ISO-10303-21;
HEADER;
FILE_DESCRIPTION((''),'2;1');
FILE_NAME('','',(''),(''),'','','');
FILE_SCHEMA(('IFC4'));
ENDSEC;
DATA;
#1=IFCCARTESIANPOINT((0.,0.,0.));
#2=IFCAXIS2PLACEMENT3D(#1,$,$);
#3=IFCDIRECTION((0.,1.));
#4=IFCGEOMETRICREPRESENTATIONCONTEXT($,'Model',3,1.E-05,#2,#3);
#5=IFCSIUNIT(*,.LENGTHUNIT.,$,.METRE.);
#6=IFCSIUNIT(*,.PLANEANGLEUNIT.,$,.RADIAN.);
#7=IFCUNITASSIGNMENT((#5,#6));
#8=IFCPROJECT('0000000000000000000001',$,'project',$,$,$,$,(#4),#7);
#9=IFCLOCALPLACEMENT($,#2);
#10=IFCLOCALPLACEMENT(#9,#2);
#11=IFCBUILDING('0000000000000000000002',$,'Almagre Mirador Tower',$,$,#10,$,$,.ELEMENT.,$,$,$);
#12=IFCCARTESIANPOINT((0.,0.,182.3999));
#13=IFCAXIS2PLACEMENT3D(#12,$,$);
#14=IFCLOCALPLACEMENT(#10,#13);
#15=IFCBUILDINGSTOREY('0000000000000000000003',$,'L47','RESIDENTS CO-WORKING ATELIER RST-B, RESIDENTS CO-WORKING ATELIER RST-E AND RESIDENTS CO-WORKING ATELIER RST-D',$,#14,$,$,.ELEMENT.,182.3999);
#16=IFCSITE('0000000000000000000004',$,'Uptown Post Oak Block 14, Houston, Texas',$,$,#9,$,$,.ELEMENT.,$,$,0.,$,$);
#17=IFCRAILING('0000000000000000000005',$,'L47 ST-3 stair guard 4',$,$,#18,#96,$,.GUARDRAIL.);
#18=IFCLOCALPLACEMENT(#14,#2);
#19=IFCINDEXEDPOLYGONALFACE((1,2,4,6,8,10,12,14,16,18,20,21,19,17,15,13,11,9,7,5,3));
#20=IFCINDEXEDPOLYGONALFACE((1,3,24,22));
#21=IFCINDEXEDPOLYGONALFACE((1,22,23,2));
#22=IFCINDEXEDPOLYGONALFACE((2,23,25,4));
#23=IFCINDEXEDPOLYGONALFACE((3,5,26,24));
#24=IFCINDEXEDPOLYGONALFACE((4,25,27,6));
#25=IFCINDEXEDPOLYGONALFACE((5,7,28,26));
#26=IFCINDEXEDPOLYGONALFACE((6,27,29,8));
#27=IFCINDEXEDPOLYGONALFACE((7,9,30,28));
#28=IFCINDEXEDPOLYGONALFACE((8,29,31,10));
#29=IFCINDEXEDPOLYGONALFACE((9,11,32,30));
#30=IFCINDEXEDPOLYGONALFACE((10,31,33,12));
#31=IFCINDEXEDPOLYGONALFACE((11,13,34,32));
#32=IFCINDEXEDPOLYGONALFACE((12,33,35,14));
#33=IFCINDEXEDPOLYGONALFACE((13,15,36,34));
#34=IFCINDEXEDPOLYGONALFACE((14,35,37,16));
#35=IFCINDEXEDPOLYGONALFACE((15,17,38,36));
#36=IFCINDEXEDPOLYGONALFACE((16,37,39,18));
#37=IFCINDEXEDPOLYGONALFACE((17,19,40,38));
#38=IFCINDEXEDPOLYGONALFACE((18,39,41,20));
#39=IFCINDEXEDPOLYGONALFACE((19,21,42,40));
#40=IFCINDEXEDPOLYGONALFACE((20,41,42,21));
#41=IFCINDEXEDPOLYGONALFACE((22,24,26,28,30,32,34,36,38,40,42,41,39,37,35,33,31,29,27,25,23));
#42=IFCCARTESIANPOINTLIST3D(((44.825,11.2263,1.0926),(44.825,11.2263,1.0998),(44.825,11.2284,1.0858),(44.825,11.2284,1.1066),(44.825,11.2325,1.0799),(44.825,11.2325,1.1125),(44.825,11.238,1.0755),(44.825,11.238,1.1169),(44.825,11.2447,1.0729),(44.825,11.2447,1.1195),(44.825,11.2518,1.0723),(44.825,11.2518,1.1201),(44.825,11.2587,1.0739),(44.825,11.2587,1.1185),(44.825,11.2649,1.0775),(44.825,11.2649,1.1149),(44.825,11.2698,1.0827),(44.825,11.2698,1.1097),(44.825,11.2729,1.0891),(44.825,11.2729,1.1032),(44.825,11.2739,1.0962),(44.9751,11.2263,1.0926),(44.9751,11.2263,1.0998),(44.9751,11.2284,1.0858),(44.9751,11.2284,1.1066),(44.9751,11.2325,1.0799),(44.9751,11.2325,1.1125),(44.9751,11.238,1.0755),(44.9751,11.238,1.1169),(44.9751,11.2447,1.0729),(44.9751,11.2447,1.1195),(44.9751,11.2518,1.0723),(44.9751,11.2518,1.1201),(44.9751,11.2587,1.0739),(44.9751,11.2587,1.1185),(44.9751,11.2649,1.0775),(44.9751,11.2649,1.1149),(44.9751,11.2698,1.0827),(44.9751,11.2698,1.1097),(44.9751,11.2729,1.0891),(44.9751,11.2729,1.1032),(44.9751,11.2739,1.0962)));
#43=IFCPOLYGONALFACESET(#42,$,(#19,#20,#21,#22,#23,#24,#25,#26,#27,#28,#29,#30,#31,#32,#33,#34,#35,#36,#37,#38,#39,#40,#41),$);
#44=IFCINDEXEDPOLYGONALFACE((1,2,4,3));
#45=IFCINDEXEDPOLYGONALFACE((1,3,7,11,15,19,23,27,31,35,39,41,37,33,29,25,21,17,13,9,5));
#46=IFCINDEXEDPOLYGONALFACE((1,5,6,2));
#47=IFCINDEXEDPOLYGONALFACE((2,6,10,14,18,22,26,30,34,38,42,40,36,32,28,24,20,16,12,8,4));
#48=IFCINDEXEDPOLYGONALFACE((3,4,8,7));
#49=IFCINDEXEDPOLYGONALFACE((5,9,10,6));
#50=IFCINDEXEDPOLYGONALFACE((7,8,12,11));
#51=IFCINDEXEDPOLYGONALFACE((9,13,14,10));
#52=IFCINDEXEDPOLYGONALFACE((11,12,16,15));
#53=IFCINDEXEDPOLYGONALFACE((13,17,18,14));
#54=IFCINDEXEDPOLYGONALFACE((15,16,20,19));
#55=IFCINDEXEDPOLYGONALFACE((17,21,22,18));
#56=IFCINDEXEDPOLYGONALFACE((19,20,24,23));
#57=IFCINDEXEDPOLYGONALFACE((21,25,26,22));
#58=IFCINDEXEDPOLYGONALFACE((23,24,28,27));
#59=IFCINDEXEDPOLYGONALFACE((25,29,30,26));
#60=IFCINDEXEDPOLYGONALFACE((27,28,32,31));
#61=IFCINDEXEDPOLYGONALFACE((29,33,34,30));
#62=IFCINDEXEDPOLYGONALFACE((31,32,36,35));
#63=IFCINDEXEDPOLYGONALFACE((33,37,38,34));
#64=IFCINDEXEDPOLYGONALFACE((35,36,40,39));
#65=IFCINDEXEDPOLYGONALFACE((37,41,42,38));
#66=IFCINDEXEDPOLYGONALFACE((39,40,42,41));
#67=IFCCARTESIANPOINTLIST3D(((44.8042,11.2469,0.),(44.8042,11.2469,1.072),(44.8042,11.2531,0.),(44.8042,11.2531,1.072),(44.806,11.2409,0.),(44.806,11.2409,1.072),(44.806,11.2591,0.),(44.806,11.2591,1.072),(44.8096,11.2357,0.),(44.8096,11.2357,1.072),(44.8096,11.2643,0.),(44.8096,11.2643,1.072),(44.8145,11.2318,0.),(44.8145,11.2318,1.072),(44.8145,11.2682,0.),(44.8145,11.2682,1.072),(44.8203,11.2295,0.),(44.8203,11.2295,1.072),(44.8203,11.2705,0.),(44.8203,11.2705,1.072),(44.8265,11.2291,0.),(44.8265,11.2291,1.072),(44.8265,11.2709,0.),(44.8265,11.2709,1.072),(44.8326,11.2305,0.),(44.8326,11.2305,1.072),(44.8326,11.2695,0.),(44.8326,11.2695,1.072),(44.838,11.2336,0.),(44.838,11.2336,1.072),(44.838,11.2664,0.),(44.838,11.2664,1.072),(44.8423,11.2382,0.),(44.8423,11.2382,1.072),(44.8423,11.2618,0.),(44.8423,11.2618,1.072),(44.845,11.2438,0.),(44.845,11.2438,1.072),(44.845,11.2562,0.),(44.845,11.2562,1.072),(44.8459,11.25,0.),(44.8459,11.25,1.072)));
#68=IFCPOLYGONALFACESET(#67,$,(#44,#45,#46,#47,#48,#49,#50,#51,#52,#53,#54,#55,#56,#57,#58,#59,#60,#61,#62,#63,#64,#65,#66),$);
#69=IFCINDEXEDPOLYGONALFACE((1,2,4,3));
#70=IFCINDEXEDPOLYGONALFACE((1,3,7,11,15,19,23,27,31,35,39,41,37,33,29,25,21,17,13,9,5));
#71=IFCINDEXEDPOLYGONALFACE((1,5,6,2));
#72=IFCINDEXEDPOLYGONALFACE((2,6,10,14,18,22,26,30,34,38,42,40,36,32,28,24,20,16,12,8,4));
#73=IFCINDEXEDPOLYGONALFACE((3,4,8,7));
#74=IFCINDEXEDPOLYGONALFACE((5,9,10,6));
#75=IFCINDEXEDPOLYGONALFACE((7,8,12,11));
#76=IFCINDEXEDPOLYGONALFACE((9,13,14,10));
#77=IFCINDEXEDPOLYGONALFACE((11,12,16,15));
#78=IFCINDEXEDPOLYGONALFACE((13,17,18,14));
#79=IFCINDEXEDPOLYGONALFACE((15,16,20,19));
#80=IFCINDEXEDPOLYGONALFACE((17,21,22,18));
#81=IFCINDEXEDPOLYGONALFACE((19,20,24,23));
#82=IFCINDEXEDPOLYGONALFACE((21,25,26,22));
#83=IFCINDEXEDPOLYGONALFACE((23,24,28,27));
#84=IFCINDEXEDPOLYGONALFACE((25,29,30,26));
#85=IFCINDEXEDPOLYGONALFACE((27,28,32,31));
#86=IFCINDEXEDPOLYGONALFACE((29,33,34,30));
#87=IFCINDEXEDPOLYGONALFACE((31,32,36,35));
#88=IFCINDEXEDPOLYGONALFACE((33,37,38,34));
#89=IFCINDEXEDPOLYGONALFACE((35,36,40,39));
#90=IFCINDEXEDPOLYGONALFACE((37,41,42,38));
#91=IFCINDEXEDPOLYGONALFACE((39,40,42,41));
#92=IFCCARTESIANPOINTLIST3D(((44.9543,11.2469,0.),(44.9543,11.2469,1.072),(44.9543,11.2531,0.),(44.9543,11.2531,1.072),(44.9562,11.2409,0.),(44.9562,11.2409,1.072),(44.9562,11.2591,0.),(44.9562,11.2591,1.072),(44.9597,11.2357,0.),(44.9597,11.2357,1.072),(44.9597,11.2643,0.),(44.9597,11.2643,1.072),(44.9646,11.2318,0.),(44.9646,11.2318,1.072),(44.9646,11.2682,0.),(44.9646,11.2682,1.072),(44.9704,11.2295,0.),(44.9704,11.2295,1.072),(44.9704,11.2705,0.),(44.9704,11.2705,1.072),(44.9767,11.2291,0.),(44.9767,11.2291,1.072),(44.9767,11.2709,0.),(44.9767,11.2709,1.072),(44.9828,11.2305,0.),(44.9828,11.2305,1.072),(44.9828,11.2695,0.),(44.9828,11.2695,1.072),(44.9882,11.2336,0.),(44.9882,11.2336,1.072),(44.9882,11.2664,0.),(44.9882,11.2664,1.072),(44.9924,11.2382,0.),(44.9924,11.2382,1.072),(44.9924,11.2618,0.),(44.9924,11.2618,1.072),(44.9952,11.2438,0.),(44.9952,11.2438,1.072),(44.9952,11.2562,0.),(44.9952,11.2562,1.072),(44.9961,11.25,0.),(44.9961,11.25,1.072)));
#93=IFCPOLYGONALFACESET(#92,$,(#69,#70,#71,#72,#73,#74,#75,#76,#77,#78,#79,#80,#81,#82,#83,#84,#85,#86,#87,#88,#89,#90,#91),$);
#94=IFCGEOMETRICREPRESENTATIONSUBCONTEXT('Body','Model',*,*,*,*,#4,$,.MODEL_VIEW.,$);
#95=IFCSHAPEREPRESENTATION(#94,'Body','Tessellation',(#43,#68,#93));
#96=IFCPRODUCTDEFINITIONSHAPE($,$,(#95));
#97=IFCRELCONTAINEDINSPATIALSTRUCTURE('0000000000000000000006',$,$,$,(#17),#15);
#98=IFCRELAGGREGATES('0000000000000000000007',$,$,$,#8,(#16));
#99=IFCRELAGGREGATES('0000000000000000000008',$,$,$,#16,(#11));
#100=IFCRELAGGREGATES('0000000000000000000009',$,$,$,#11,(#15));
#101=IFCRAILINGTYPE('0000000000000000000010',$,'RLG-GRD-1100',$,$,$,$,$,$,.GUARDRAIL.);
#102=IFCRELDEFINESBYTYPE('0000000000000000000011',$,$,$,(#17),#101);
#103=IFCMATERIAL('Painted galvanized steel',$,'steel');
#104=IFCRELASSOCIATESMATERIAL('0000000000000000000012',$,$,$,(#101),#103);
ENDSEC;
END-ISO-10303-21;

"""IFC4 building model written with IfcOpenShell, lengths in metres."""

from ifc_helpers import new_model, si_unit, direction, frame, origin, origin_2d, place, context, subcontext, project, spatial, circle, extrude, material, type_object, element, save


model = new_model("IFC4")

# Units and contexts
model_context = context("Model", 3, precision=1e-05, world=origin(), true_north=direction((0.0, 1.0)))
body_context = subcontext(model_context, "Body", "Model", "MODEL_VIEW")
ifc_project = project(units=[si_unit("LENGTHUNIT", "METRE"), si_unit("PLANEANGLEUNIT", "RADIAN")], contexts=[model_context])

# Site, building, storey
site_placement = place(None, origin())
site = spatial("IfcSite", under=ifc_project, at=site_placement, Name="Uptown Post Oak Block 14, Houston, Texas", CompositionType="ELEMENT", RefElevation=0.0)
building_placement = place(site_placement, origin())
building = spatial("IfcBuilding", under=site, at=building_placement, Name="Almagre Mirador Tower", CompositionType="ELEMENT")
storey_placement = place(building_placement, frame((0.0, 0.0, 182.3999)))
storey = spatial("IfcBuildingStorey", under=building, at=storey_placement, Name="L47", Description="RESIDENTS CO-WORKING ATELIER RST-B, RESIDENTS CO-WORKING ATELIER RST-E AND RESIDENTS CO-WORKING ATELIER RST-D", CompositionType="ELEMENT", Elevation=182.3999)

# Railing
ifc_material_1 = material(Name="Painted galvanized steel", Category="steel")
railing_type_1 = type_object("IfcRailingType", Name="RLG-GRD-1100", PredefinedType="GUARDRAIL", material=ifc_material_1)
railing_1_placement = place(storey_placement, frame((44.825, 11.25, 0.0)))
element("IfcRailing", 1, at=railing_1_placement, inside=storey, type_object=railing_type_1, Name="L47 ST-3 stair guard 4", PredefinedType="GUARDRAIL", context=body_context, shape_type="SweptSolid", body=[
    extrude(circle(Radius=0.0239, at=origin_2d()), frame((0.0, 0.0, 1.0962), z_axis=(1.0, 0.0, 0.0), x_axis=(0.0, 1.0, 0.0)), (0.0, 0.0, 1.0), 0.1501),
    extrude(circle(Radius=0.021, at=origin_2d()), origin(), (0.0, 0.0, 1.0), 1.072),
    extrude(circle(Radius=0.021, at=origin_2d()), frame((0.1501, 0.0, 0.0)), (0.0, 0.0, 1.0), 1.072),
])

save(model, "model.ifc")
